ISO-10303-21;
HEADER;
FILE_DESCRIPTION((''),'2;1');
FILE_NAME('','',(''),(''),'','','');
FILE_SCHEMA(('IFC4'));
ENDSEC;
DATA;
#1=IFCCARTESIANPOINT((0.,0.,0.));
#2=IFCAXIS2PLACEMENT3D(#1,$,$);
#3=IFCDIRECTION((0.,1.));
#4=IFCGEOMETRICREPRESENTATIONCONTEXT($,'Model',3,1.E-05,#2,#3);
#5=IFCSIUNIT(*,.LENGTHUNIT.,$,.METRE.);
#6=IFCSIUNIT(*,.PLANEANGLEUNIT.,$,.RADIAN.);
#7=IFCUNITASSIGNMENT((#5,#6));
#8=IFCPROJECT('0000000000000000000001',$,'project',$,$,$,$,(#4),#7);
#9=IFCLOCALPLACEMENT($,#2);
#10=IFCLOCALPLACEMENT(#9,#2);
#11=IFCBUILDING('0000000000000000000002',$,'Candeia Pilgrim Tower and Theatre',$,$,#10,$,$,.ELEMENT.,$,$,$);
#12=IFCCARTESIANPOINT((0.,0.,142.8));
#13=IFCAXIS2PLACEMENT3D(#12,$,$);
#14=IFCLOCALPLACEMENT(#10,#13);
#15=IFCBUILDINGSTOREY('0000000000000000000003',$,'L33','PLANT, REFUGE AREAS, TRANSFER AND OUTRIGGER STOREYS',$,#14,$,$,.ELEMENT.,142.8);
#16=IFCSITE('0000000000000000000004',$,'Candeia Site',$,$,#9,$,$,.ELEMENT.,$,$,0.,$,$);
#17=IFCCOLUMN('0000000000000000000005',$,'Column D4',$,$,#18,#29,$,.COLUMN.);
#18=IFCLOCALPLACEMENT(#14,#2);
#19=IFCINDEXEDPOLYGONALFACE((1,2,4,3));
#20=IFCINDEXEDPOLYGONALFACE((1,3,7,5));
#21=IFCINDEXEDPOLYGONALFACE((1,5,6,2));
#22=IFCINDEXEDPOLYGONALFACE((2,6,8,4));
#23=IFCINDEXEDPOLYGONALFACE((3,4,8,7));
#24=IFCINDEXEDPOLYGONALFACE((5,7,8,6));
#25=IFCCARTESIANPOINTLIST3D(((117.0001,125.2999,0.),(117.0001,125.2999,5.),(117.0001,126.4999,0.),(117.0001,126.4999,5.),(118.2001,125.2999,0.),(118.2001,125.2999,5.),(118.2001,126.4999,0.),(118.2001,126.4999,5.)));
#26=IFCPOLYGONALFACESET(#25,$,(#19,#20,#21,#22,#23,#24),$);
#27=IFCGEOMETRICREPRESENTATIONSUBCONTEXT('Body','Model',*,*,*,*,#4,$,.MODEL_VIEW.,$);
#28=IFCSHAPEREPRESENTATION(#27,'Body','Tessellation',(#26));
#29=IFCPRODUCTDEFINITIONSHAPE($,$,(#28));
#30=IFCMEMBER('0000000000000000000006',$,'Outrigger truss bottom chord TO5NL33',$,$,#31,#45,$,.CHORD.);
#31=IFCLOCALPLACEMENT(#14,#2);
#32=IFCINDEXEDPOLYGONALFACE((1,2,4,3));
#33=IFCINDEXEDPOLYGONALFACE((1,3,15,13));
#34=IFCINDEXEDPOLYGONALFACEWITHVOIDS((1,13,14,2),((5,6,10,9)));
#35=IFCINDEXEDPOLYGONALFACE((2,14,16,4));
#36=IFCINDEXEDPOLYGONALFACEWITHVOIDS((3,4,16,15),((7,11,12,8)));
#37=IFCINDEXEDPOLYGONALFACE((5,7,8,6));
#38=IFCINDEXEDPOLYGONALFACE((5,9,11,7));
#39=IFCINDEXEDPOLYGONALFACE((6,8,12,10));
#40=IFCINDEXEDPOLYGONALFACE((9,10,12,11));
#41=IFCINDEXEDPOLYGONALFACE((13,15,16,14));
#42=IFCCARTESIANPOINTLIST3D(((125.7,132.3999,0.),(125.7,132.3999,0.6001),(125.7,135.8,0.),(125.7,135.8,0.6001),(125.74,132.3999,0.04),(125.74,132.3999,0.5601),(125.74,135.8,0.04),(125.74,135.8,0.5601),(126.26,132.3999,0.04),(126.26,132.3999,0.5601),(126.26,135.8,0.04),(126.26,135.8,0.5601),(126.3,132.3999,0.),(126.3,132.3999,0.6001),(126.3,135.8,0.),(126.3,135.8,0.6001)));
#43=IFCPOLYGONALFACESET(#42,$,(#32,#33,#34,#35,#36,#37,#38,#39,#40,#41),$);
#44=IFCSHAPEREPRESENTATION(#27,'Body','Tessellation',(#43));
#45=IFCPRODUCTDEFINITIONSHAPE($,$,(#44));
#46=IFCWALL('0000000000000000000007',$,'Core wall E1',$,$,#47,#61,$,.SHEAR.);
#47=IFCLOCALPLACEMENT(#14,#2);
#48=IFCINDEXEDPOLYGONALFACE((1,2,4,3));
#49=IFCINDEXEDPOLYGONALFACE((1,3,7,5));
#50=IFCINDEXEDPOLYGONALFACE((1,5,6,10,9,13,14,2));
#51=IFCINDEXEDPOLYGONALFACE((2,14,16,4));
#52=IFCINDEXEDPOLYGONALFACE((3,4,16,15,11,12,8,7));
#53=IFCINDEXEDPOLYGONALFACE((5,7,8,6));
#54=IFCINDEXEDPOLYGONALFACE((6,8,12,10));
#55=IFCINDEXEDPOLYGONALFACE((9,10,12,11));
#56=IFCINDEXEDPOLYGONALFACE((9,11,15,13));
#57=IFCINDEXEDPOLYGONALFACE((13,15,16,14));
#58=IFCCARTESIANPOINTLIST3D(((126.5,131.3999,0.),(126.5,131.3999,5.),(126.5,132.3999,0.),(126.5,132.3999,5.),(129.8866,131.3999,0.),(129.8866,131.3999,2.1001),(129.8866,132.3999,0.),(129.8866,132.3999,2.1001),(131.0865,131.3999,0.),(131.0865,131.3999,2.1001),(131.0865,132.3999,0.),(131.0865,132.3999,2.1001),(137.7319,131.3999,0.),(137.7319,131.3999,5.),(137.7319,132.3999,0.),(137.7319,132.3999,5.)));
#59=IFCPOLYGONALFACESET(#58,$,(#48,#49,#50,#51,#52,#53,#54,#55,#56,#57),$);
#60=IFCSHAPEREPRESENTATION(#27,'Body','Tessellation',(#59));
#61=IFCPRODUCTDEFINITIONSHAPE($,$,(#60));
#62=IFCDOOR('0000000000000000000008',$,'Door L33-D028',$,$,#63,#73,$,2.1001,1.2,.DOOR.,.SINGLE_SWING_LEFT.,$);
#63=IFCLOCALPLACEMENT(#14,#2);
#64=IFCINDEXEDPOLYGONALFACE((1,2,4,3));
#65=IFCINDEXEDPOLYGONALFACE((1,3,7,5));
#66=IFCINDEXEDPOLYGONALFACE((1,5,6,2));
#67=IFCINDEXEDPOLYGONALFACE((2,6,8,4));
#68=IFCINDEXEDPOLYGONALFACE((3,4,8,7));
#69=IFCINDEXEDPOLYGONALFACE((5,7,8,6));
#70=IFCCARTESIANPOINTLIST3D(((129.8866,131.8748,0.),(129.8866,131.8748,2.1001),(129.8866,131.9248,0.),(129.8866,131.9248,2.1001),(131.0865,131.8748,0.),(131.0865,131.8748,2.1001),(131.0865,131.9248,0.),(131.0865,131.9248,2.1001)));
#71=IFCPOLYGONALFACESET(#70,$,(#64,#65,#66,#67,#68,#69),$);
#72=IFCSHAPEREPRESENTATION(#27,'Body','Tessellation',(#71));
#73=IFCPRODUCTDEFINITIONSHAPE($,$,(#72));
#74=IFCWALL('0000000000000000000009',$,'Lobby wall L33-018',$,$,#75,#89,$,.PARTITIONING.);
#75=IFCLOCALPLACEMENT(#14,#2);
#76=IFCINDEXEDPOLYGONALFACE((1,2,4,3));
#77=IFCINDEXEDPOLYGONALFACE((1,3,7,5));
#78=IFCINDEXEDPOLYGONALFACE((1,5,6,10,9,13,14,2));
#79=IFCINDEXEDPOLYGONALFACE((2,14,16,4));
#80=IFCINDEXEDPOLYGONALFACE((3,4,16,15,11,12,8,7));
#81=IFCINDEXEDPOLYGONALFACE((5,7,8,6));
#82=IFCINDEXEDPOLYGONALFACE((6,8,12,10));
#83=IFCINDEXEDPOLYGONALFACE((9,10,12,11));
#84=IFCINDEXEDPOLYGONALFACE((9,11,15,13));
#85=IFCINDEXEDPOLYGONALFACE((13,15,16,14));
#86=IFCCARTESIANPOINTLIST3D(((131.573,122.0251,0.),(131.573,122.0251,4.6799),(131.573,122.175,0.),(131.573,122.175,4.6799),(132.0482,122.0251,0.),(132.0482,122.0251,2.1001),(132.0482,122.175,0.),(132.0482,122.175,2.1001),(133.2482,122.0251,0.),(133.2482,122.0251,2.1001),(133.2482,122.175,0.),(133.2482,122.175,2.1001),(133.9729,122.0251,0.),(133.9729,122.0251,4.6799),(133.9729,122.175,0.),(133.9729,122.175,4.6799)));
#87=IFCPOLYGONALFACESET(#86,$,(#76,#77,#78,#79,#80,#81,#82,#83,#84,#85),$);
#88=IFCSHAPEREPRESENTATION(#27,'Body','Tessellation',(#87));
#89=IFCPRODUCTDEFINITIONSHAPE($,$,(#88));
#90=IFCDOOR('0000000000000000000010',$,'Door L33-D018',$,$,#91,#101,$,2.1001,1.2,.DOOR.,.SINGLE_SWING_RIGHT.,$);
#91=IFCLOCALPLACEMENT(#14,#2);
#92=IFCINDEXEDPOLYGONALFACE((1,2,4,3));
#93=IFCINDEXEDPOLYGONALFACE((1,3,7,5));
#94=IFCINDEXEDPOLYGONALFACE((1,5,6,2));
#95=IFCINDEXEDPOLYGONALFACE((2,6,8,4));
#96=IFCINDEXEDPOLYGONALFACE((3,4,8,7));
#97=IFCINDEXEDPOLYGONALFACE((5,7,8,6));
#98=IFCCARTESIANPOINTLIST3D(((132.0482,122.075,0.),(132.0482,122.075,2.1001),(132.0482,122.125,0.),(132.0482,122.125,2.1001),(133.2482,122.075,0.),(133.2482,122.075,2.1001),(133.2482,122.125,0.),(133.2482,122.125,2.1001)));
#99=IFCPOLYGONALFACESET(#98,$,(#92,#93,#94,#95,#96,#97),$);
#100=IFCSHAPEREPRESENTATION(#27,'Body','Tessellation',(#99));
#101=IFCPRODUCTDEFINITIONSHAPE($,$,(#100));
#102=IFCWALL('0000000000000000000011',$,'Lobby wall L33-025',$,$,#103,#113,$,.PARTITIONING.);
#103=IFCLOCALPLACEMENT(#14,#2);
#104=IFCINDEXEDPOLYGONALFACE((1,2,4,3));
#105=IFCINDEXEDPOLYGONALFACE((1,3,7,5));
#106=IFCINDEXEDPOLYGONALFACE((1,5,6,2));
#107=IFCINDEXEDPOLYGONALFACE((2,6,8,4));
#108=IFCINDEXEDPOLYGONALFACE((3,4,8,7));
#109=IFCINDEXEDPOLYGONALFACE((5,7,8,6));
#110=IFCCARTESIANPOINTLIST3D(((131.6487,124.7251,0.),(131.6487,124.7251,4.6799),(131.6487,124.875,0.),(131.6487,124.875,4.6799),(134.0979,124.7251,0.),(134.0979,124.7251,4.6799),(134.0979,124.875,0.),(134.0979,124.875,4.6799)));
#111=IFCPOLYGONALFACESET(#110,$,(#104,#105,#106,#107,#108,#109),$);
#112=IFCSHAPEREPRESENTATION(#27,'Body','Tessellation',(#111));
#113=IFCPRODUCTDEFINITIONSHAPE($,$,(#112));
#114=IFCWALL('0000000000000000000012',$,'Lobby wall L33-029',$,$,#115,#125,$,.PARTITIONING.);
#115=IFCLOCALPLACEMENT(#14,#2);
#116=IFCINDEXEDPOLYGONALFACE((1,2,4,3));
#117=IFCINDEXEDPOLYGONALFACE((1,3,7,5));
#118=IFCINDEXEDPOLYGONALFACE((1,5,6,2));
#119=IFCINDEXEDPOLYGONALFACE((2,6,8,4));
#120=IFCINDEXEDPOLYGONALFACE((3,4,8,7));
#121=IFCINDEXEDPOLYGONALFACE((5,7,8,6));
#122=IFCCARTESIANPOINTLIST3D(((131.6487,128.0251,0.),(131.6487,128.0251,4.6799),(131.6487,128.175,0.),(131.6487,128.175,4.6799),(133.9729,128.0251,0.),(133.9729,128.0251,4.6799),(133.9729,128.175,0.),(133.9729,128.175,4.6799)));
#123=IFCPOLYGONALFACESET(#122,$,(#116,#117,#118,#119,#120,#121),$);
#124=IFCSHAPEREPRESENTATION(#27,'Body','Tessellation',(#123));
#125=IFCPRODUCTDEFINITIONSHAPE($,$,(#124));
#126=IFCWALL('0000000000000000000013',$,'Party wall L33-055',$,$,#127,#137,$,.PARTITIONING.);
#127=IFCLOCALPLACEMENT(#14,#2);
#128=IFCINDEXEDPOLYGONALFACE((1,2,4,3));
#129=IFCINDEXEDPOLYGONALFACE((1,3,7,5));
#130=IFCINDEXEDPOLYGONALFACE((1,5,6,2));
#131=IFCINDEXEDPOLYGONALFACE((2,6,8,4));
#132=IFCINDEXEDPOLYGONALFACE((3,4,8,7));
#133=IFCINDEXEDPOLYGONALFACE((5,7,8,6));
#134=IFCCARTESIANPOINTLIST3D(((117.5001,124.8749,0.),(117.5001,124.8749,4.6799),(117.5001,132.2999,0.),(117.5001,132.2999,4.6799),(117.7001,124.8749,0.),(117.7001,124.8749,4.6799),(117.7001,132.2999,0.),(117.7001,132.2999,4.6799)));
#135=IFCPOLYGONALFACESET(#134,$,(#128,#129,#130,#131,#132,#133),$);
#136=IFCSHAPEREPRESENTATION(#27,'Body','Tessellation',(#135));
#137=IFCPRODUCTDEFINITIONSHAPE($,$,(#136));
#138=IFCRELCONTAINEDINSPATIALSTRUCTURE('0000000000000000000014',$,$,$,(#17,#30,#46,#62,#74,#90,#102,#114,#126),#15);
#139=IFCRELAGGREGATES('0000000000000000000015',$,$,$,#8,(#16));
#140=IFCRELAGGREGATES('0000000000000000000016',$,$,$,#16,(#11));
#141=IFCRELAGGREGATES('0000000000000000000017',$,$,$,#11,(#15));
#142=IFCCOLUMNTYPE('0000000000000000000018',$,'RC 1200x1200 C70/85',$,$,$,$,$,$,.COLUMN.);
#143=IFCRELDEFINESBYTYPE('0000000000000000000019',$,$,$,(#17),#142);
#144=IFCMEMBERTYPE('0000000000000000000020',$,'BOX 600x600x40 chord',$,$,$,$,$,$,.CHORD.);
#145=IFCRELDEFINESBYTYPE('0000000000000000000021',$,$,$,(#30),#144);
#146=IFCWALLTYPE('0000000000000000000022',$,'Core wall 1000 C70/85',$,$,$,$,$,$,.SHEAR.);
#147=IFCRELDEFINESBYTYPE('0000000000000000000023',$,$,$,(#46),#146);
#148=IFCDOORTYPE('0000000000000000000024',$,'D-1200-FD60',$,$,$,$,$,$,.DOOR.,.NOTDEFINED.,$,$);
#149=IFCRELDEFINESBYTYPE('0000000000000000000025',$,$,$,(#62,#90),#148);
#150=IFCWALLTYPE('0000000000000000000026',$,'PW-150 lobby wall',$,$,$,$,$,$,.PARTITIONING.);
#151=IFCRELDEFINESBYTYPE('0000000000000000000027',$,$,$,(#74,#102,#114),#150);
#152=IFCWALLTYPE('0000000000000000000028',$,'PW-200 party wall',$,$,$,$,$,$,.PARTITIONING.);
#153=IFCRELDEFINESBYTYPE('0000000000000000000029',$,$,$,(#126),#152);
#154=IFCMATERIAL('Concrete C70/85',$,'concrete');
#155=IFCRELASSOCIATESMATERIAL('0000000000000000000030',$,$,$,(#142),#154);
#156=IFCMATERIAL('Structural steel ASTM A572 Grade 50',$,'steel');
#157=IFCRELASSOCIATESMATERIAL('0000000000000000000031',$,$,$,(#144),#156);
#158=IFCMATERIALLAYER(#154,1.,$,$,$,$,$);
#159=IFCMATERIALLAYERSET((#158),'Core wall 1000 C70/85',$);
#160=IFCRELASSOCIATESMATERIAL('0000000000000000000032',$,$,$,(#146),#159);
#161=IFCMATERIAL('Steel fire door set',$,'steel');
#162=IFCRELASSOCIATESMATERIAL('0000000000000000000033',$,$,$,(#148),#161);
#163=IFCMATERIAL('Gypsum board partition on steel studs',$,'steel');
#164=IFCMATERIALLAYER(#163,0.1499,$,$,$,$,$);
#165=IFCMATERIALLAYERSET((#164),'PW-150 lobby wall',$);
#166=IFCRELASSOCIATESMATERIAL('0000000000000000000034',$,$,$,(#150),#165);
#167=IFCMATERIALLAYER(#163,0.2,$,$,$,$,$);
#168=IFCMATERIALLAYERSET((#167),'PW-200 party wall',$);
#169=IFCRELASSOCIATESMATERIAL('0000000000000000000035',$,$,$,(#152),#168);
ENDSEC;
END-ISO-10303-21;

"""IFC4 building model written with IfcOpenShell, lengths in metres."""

from ifc_helpers import new_model, si_unit, direction, frame, frame_2d, origin, origin_2d, place, context, subcontext, project, spatial, rectangle, hollow_rectangle, extrude, material, layer, layer_set, material_profile, profile_set, type_object, element, fill, save


model = new_model("IFC4")

# Units and contexts
model_context = context("Model", 3, precision=1e-05, world=origin(), true_north=direction((0.0, 1.0)))
body_context = subcontext(model_context, "Body", "Model", "MODEL_VIEW")
ifc_project = project(units=[si_unit("LENGTHUNIT", "METRE"), si_unit("PLANEANGLEUNIT", "RADIAN")], contexts=[model_context])

# Site, building, storey
site_placement = place(None, origin())
site = spatial("IfcSite", under=ifc_project, at=site_placement, Name="Candeia Site", CompositionType="ELEMENT", RefElevation=0.0)
building_placement = place(site_placement, origin())
building = spatial("IfcBuilding", under=site, at=building_placement, Name="Candeia Pilgrim Tower and Theatre", CompositionType="ELEMENT")
storey_placement = place(building_placement, frame((0.0, 0.0, 142.8)))
storey = spatial("IfcBuildingStorey", under=building, at=storey_placement, Name="L33", Description="PLANT, REFUGE AREAS, TRANSFER AND OUTRIGGER STOREYS", CompositionType="ELEMENT", Elevation=142.8)

# Column
ifc_material_1 = material(Name="Concrete C70/85", Category="concrete")
ifc_material_profile_1 = material_profile(ifc_material_1, rectangle(XDim=1.2, YDim=1.2, at=origin_2d()))
ifc_profile_set_1 = profile_set([ifc_material_profile_1], Name="Concrete C70/85")
column_type = type_object("IfcColumnType", Name="RC 1200x1200 C70/85", PredefinedType="COLUMN", material=ifc_profile_set_1)
column_placement = place(storey_placement, frame((117.6001, 125.8999, 0.0), z_axis=(0.0, 0.0, 1.0), x_axis=(1.0, 0.0, 0.0)))
element("IfcColumn", 1, at=column_placement, inside=storey, type_object=column_type, Name="Column D4", PredefinedType="COLUMN", context=body_context, shape_type="SweptSolid", body=[
    extrude(rectangle(XDim=1.2, YDim=1.2, at=origin_2d()), origin(), (0.0, 0.0, 1.0), 5.0),
])

# Member
ifc_material_2 = material(Name="Structural steel ASTM A572 Grade 50", Category="steel")
ifc_material_profile_2 = material_profile(ifc_material_2, hollow_rectangle(XDim=0.6001, YDim=0.6001, WallThickness=0.04, at=origin_2d()))
ifc_profile_set_2 = profile_set([ifc_material_profile_2], Name="Structural steel ASTM A572 Grade 50")
member_type = type_object("IfcMemberType", Name="BOX 600x600x40 chord", PredefinedType="CHORD", material=ifc_profile_set_2)
member_placement = place(storey_placement, frame((126.0, 132.3999, 0.3), z_axis=(0.0, 1.0, 0.0), x_axis=(-1.0, 0.0, 0.0)))
element("IfcMember", 2, at=member_placement, inside=storey, type_object=member_type, Name="Outrigger truss bottom chord TO5NL33", PredefinedType="CHORD", context=body_context, shape_type="SweptSolid", body=[
    extrude(hollow_rectangle(XDim=0.6001, YDim=0.6001, WallThickness=0.04, at=origin_2d()), origin(), (0.0, 0.0, 1.0), 3.4001),
])

# Walls, openings, doors
ifc_layer_1 = layer(ifc_material_1, 1.0)
ifc_layer_set_1 = layer_set([ifc_layer_1], Name="Core wall 1000 C70/85")
wall_type_1 = type_object("IfcWallType", Name="Core wall 1000 C70/85", PredefinedType="SHEAR", material=ifc_layer_set_1)
wall_1_placement = place(storey_placement, frame((126.5, 131.8999, 0.0), z_axis=(0.0, 0.0, 1.0), x_axis=(1.0, 0.0, 0.0)))
wall_1 = element("IfcWall", 3, at=wall_1_placement, inside=storey, type_object=wall_type_1, Name="Core wall E1", PredefinedType="SHEAR", context=body_context, shape_type="SweptSolid", body=[
    extrude(rectangle(XDim=11.2319, YDim=1.0, at=frame_2d((5.616, 0.0))), origin(), (0.0, 0.0, 1.0), 5.0),
])
opening_1_placement = place(wall_1_placement, frame((3.3865, 0.0, 0.0)))
opening_1 = element("IfcOpeningElement", 4, at=opening_1_placement, cuts=wall_1, PredefinedType="OPENING", context=body_context, shape_type="SweptSolid", body=[
    extrude(rectangle(XDim=1.2, YDim=2.1001, at=frame_2d((0.6001, 1.05))), frame((0.0, 0.51, 0.0), z_axis=(0.0, -1.0, 0.0), x_axis=(1.0, 0.0, 0.0)), (0.0, 0.0, 1.0), 1.02),
])
ifc_material_3 = material(Name="Steel fire door set", Category="steel")
door_type_1 = type_object("IfcDoorType", Name="D-1200-FD60", OperationType="NOTDEFINED", PredefinedType="DOOR", material=ifc_material_3)
door_1_placement = place(opening_1_placement, origin())
door_1 = element("IfcDoor", 5, at=door_1_placement, inside=storey, type_object=door_type_1, Name="Door L33-D028", OperationType="SINGLE_SWING_LEFT", OverallHeight=2.1001, OverallWidth=1.2, PredefinedType="DOOR", context=body_context, shape_type="SweptSolid", body=[
    extrude(rectangle(XDim=1.2, YDim=2.1001, at=frame_2d((0.6001, 1.05))), frame((0.0, 0.0249, 0.0), z_axis=(0.0, -1.0, 0.0), x_axis=(1.0, 0.0, 0.0)), (0.0, 0.0, 1.0), 0.05),
])
fill(opening_1, door_1)
ifc_material_4 = material(Name="Gypsum board partition on steel studs", Category="steel")
ifc_layer_2 = layer(ifc_material_4, 0.1499)
ifc_layer_set_2 = layer_set([ifc_layer_2], Name="PW-150 lobby wall")
wall_type_2 = type_object("IfcWallType", Name="PW-150 lobby wall", PredefinedType="PARTITIONING", material=ifc_layer_set_2)
wall_2_placement = place(storey_placement, frame((131.573, 122.1001, 0.0), z_axis=(0.0, 0.0, 1.0), x_axis=(1.0, 0.0, 0.0)))
wall_2 = element("IfcWall", 6, at=wall_2_placement, inside=storey, type_object=wall_type_2, Name="Lobby wall L33-018", PredefinedType="PARTITIONING", context=body_context, shape_type="SweptSolid", body=[
    extrude(rectangle(XDim=2.3999, YDim=0.1499, at=frame_2d((1.2, 0.0))), origin(), (0.0, 0.0, 1.0), 4.6799),
])
opening_2_placement = place(wall_2_placement, frame((0.4751, 0.0, 0.0)))
opening_2 = element("IfcOpeningElement", 7, at=opening_2_placement, cuts=wall_2, PredefinedType="OPENING", context=body_context, shape_type="SweptSolid", body=[
    extrude(rectangle(XDim=1.2, YDim=2.1001, at=frame_2d((0.6001, 1.05))), frame((0.0, 0.085, 0.0), z_axis=(0.0, -1.0, 0.0), x_axis=(1.0, 0.0, 0.0)), (0.0, 0.0, 1.0), 0.1699),
])
door_2_placement = place(opening_2_placement, origin())
door_2 = element("IfcDoor", 8, at=door_2_placement, inside=storey, type_object=door_type_1, Name="Door L33-D018", OperationType="SINGLE_SWING_RIGHT", OverallHeight=2.1001, OverallWidth=1.2, PredefinedType="DOOR", context=body_context, shape_type="SweptSolid", body=[
    extrude(rectangle(XDim=1.2, YDim=2.1001, at=frame_2d((0.6001, 1.05))), frame((0.0, 0.0249, 0.0), z_axis=(0.0, -1.0, 0.0), x_axis=(1.0, 0.0, 0.0)), (0.0, 0.0, 1.0), 0.05),
])
fill(opening_2, door_2)

# Walls
wall_3_placement = place(storey_placement, frame((131.6487, 124.8, 0.0), z_axis=(0.0, 0.0, 1.0), x_axis=(1.0, 0.0, 0.0)))
element("IfcWall", 9, at=wall_3_placement, inside=storey, type_object=wall_type_2, Name="Lobby wall L33-025", PredefinedType="PARTITIONING", context=body_context, shape_type="SweptSolid", body=[
    extrude(rectangle(XDim=2.4492, YDim=0.1499, at=frame_2d((1.2246, 0.0))), origin(), (0.0, 0.0, 1.0), 4.6799),
])
wall_4_placement = place(storey_placement, frame((131.6487, 128.1001, 0.0), z_axis=(0.0, 0.0, 1.0), x_axis=(1.0, 0.0, 0.0)))
element("IfcWall", 10, at=wall_4_placement, inside=storey, type_object=wall_type_2, Name="Lobby wall L33-029", PredefinedType="PARTITIONING", context=body_context, shape_type="SweptSolid", body=[
    extrude(rectangle(XDim=2.3242, YDim=0.1499, at=frame_2d((1.1621, 0.0))), origin(), (0.0, 0.0, 1.0), 4.6799),
])
ifc_layer_3 = layer(ifc_material_4, 0.2)
ifc_layer_set_3 = layer_set([ifc_layer_3], Name="PW-200 party wall")
wall_type_3 = type_object("IfcWallType", Name="PW-200 party wall", PredefinedType="PARTITIONING", material=ifc_layer_set_3)
wall_5_placement = place(storey_placement, frame((117.6001, 124.875, 0.0), z_axis=(0.0, 0.0, 1.0), x_axis=(0.0, 1.0, 0.0)))
element("IfcWall", 11, at=wall_5_placement, inside=storey, type_object=wall_type_3, Name="Party wall L33-055", PredefinedType="PARTITIONING", context=body_context, shape_type="SweptSolid", body=[
    extrude(rectangle(XDim=7.425, YDim=0.2, at=frame_2d((3.7124, 0.0))), origin(), (0.0, 0.0, 1.0), 4.6799),
])

save(model, "model.ifc")
